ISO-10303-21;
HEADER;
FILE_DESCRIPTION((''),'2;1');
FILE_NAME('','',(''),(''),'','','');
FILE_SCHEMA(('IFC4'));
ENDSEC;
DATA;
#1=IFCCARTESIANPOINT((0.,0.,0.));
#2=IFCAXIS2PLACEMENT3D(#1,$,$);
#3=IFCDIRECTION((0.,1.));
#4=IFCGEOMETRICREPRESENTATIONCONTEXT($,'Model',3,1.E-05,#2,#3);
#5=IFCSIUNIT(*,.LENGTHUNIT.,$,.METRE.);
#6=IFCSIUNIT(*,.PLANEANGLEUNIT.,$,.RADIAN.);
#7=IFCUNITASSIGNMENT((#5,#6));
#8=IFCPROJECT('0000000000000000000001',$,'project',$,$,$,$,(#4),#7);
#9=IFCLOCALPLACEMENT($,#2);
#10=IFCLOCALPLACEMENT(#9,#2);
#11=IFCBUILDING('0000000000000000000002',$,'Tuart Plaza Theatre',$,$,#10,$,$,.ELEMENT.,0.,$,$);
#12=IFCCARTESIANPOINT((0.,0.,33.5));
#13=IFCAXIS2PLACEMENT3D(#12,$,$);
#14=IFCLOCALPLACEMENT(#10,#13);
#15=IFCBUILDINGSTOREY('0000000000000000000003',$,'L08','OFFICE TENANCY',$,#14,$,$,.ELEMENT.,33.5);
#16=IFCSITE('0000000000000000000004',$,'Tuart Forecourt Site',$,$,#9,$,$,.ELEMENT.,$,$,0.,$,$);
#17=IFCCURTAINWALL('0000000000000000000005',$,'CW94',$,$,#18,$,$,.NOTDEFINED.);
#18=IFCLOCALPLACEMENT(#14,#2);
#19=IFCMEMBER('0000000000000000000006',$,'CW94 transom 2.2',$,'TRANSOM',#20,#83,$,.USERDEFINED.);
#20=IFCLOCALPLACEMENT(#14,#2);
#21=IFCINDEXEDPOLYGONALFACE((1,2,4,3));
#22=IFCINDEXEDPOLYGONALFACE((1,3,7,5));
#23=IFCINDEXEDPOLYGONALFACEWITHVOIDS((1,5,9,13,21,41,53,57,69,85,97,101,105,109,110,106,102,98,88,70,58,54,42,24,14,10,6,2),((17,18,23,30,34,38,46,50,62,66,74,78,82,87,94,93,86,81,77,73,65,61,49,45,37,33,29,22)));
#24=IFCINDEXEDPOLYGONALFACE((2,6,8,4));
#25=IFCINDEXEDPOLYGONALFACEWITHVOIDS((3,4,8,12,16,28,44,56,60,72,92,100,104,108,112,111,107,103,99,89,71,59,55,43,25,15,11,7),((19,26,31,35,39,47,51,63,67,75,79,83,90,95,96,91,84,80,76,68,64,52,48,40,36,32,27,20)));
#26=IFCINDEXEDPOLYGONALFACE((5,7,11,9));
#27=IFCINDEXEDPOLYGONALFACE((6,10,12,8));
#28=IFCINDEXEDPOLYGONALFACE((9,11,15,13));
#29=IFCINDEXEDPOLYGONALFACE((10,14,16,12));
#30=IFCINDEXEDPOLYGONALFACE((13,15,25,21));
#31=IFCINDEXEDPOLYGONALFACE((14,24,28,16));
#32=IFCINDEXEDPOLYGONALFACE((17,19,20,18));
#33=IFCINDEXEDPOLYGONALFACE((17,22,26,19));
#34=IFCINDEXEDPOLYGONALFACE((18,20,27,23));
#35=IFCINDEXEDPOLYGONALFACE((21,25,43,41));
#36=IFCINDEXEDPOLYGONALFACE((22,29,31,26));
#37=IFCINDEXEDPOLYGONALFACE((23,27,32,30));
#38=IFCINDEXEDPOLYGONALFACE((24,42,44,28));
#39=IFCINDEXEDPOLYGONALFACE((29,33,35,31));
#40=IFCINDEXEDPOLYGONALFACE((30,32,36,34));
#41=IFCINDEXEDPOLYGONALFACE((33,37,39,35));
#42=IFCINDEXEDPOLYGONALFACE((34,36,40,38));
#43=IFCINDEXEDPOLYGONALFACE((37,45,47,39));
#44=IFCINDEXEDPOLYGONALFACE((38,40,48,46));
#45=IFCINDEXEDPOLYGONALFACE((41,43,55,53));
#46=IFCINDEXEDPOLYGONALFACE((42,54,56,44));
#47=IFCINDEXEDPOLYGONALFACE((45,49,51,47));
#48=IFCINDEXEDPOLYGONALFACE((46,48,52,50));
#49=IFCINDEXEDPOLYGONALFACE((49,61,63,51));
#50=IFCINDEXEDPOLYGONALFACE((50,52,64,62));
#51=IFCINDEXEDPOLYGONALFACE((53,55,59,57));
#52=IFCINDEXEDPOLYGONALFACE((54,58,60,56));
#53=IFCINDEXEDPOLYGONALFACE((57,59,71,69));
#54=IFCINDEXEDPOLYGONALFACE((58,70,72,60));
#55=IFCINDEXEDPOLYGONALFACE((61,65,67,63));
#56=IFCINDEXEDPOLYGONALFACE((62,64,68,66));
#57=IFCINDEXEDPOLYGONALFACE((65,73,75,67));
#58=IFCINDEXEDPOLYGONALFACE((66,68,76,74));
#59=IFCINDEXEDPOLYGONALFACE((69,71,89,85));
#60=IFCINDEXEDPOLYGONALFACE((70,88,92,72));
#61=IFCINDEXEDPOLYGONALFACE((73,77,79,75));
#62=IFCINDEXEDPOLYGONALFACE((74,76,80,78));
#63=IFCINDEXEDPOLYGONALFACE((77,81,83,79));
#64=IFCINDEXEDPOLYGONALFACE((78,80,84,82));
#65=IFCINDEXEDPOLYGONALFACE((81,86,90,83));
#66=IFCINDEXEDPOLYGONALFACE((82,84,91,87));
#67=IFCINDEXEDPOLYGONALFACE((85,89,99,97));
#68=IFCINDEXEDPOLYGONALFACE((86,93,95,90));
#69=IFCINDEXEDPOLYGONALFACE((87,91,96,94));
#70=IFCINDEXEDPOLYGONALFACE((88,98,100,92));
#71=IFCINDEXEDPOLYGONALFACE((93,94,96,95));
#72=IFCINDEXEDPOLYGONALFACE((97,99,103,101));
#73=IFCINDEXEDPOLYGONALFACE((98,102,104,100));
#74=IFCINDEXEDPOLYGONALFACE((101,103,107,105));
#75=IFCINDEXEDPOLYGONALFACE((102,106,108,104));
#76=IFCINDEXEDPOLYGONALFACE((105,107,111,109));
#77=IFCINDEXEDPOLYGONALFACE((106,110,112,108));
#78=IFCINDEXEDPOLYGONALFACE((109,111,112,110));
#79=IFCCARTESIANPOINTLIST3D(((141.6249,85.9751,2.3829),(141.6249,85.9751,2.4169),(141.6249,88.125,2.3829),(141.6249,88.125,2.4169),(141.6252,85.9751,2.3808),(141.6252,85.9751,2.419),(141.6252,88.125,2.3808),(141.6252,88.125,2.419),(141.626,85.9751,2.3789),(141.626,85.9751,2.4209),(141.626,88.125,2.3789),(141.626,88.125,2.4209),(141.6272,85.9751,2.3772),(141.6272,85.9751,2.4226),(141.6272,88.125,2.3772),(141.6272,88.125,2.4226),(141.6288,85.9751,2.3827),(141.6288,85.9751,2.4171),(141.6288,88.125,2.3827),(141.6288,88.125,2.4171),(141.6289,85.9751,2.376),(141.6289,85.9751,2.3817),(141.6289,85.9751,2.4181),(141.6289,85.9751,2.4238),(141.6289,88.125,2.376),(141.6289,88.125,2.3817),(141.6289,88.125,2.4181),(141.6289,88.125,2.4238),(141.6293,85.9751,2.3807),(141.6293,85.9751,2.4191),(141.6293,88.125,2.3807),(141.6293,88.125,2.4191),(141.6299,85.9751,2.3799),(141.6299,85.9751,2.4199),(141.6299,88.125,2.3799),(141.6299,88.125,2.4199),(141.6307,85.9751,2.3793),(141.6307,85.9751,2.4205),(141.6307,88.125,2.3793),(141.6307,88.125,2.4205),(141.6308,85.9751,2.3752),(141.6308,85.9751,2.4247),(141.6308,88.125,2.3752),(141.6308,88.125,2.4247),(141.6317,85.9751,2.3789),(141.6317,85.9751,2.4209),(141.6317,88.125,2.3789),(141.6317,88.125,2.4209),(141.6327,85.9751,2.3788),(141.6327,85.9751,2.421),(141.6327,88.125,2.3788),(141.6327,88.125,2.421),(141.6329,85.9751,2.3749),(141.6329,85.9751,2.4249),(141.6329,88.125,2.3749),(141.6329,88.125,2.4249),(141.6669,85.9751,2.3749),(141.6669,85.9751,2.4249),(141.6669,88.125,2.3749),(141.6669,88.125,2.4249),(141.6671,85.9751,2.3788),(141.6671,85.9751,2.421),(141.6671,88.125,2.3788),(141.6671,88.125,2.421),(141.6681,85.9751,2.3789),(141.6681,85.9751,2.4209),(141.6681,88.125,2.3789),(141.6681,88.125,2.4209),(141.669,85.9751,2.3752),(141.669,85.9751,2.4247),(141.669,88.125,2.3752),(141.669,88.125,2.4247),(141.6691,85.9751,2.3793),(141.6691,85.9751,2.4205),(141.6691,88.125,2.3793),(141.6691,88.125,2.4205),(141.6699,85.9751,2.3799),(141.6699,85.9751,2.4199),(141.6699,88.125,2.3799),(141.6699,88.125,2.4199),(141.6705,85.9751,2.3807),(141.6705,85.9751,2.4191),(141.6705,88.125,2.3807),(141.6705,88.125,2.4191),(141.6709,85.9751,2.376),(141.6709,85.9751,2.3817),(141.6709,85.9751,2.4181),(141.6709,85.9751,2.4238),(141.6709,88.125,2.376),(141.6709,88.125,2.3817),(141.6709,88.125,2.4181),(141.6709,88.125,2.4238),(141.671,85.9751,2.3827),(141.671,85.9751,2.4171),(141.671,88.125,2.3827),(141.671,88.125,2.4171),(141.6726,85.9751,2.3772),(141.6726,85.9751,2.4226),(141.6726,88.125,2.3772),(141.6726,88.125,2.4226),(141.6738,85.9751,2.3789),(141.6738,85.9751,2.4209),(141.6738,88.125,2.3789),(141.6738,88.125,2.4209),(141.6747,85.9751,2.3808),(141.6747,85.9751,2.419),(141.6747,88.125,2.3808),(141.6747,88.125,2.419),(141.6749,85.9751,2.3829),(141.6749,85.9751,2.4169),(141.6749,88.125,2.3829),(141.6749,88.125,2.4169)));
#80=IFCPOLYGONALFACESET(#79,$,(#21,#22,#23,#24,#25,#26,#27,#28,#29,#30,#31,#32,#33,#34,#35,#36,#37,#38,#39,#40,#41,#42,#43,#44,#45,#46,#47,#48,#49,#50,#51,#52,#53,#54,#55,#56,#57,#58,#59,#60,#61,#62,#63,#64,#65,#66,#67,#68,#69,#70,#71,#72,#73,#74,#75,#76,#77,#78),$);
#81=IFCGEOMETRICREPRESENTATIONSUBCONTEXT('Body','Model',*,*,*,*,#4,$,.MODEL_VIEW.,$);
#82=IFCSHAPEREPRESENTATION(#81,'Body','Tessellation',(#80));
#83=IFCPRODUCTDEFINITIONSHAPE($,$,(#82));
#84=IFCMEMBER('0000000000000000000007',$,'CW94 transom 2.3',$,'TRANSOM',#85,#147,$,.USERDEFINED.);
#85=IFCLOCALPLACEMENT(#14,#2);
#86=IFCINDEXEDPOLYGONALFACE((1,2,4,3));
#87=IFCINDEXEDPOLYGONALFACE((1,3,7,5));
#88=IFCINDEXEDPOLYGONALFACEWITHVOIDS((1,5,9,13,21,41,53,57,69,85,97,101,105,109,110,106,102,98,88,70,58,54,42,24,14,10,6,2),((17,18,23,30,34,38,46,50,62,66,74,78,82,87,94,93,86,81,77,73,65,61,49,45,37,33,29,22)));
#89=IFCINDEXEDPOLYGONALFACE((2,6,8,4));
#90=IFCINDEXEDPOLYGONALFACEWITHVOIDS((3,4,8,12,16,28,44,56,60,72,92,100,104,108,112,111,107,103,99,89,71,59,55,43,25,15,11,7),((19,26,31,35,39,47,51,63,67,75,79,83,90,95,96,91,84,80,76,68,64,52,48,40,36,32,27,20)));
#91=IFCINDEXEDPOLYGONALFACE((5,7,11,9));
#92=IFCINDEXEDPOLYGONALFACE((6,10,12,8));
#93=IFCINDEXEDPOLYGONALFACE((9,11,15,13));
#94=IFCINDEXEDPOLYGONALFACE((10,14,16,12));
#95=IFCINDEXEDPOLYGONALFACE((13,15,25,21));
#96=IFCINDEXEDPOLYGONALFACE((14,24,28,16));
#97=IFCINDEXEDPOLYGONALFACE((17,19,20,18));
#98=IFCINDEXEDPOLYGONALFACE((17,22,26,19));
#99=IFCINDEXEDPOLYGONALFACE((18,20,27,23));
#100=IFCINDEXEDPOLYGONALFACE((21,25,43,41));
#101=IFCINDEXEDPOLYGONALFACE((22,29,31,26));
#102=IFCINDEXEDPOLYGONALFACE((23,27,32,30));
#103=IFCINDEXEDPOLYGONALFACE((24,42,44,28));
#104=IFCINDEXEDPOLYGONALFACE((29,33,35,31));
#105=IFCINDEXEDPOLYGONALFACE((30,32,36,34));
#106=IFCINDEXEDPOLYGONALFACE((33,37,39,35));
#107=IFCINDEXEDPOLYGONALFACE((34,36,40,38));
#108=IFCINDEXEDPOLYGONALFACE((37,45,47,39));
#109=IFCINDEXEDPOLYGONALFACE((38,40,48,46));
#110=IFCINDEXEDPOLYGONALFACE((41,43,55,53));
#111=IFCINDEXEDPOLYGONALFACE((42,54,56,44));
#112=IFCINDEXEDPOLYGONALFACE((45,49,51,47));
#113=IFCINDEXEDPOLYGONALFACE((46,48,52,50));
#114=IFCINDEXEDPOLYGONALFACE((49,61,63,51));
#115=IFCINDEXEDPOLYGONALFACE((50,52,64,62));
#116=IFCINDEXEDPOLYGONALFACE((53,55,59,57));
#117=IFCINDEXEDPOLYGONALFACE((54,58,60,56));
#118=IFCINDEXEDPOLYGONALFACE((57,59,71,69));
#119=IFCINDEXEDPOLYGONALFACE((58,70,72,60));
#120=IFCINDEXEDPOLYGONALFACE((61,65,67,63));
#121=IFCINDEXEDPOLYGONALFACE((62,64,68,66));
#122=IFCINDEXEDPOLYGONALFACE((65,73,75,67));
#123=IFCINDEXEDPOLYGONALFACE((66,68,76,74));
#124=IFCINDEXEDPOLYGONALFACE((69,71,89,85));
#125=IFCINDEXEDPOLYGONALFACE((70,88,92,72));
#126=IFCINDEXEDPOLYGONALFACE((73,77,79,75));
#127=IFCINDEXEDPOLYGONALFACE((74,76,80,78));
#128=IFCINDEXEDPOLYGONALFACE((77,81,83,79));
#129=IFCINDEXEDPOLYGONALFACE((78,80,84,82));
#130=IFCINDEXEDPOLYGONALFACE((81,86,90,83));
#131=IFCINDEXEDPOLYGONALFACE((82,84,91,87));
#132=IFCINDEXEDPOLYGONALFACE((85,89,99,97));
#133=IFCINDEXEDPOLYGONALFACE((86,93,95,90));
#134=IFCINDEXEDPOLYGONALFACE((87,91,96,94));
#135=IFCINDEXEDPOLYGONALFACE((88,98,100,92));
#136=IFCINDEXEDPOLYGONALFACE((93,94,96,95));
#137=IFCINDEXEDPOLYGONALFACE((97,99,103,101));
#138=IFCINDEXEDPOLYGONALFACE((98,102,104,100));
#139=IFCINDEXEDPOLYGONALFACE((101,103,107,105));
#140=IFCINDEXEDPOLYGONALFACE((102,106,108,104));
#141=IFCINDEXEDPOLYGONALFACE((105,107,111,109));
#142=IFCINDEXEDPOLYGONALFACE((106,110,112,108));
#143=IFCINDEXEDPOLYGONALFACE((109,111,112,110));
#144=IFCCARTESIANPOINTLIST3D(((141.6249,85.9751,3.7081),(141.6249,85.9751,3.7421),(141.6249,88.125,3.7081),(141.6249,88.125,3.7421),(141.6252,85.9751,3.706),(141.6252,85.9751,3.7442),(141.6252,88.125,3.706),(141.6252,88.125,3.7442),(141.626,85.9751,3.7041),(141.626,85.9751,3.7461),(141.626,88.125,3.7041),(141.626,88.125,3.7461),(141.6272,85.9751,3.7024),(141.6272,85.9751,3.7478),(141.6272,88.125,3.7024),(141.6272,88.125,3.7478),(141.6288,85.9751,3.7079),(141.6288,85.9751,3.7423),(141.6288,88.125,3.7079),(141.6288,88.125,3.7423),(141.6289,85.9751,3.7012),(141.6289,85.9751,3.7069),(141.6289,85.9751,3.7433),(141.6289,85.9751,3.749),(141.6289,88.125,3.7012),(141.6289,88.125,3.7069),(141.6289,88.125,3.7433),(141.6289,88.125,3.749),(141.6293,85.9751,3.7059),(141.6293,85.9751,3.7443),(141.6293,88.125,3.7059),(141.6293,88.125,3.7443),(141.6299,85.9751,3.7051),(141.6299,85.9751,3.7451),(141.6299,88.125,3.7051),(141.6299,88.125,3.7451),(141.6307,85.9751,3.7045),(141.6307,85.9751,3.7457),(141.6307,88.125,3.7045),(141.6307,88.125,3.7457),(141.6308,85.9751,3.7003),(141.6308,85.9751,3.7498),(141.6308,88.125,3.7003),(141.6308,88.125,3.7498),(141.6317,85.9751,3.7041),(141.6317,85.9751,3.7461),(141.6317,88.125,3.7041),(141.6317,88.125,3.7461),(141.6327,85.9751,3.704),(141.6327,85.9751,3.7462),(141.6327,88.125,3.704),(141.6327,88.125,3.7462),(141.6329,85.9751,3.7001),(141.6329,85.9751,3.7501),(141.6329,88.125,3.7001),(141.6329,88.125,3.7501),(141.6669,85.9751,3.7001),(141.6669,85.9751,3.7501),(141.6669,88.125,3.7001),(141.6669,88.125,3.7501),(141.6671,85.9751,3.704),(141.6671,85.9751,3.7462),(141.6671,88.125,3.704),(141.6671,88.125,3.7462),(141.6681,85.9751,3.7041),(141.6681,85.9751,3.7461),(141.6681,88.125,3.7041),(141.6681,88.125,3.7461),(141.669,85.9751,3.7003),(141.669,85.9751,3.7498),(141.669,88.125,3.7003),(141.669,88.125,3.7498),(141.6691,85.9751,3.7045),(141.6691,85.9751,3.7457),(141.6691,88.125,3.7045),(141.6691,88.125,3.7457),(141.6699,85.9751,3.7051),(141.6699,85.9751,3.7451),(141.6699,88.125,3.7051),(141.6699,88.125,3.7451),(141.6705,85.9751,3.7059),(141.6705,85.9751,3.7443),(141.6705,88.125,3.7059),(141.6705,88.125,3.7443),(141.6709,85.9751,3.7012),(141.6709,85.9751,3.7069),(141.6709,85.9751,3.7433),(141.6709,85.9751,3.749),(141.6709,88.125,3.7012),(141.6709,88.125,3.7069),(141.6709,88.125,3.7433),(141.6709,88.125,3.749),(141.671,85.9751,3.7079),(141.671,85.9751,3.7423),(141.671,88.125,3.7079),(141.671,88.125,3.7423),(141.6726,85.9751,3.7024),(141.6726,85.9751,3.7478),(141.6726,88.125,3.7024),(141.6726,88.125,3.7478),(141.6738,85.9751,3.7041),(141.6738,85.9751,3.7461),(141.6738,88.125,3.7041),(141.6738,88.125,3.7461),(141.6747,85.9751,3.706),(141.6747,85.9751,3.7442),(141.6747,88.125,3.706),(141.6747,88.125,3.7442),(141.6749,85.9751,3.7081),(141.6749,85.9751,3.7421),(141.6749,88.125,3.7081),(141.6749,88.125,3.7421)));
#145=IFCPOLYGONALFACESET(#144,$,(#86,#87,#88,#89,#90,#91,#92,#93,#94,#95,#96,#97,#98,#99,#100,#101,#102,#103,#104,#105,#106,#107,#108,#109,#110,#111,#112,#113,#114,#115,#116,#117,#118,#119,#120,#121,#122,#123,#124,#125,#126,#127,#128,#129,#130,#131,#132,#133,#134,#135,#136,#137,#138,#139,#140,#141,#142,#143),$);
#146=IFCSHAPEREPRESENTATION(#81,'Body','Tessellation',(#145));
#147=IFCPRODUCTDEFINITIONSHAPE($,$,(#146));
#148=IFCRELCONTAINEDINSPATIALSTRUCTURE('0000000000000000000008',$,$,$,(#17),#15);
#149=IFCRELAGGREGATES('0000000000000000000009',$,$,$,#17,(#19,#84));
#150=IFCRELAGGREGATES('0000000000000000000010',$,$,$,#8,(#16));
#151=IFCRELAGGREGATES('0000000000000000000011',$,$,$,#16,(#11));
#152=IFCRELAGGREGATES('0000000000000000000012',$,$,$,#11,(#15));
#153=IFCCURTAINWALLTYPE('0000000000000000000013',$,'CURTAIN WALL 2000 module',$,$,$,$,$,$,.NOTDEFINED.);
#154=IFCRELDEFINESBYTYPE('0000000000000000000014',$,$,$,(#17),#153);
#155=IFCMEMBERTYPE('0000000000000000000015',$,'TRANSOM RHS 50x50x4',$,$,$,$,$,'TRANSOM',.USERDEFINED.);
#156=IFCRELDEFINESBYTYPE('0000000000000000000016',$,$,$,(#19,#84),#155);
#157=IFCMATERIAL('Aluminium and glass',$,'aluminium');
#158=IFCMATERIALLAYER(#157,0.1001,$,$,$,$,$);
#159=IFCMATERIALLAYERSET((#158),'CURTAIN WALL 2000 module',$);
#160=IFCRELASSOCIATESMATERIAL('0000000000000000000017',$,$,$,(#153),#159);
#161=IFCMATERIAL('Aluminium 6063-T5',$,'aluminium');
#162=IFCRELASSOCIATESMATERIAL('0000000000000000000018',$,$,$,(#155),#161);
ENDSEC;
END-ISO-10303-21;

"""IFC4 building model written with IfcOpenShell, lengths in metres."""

from ifc_helpers import new_model, si_unit, direction, frame, origin, origin_2d, place, context, subcontext, project, spatial, hollow_rectangle, extrude, material, layer, layer_set, material_profile, profile_set, type_object, element, aggregate, save


model = new_model("IFC4")

# Units and contexts
model_context = context("Model", 3, precision=1e-05, world=origin(), true_north=direction((0.0, 1.0)))
body_context = subcontext(model_context, "Body", "Model", "MODEL_VIEW")
ifc_project = project(units=[si_unit("LENGTHUNIT", "METRE"), si_unit("PLANEANGLEUNIT", "RADIAN")], contexts=[model_context])

# Site, building, storey
site_placement = place(None, origin())
site = spatial("IfcSite", under=ifc_project, at=site_placement, Name="Tuart Forecourt Site", CompositionType="ELEMENT", RefElevation=0.0)
building_placement = place(site_placement, origin())
building = spatial("IfcBuilding", under=site, at=building_placement, Name="Tuart Plaza Theatre", CompositionType="ELEMENT", ElevationOfRefHeight=0.0)
storey_placement = place(building_placement, frame((0.0, 0.0, 33.5)))
storey = spatial("IfcBuildingStorey", under=building, at=storey_placement, Name="L08", Description="OFFICE TENANCY", CompositionType="ELEMENT", Elevation=33.5)

# Curtain wall, members
ifc_material_1 = material(Name="Aluminium and glass", Category="aluminium")
ifc_layer_1 = layer(ifc_material_1, 0.1001)
ifc_layer_set_1 = layer_set([ifc_layer_1], Name="CURTAIN WALL 2000 module")
curtain_wall_type = type_object("IfcCurtainWallType", Name="CURTAIN WALL 2000 module", PredefinedType="NOTDEFINED", material=ifc_layer_set_1)
curtain_wall_placement = place(storey_placement, origin())
curtain_wall = element("IfcCurtainWall", 1, at=curtain_wall_placement, inside=storey, type_object=curtain_wall_type, Name="CW94", PredefinedType="NOTDEFINED")
ifc_material_2 = material(Name="Aluminium 6063-T5", Category="aluminium")
ifc_material_profile_1 = material_profile(ifc_material_2, hollow_rectangle(XDim=0.05, YDim=0.05, WallThickness=0.0039, InnerFilletRadius=0.0039, OuterFilletRadius=0.0081, at=origin_2d()), Name="RHS 50x50x4")
ifc_profile_set_1 = profile_set([ifc_material_profile_1], Name="Aluminium 6063-T5")
member_type_1 = type_object("IfcMemberType", Name="TRANSOM RHS 50x50x4", ElementType="TRANSOM", PredefinedType="USERDEFINED", material=ifc_profile_set_1)
member_1_placement = place(storey_placement, frame((141.6499, 85.9751, 2.3999), z_axis=(0.0, 1.0, 0.0), x_axis=(-1.0, 0.0, 0.0)))
member_1 = element("IfcMember", 2, at=member_1_placement, type_object=member_type_1, Name="CW94 transom 2.2", ObjectType="TRANSOM", PredefinedType="USERDEFINED", context=body_context, shape_type="SweptSolid", body=[
    extrude(hollow_rectangle(XDim=0.05, YDim=0.05, WallThickness=0.0039, InnerFilletRadius=0.0039, OuterFilletRadius=0.0081, at=origin_2d()), origin(), (0.0, 0.0, 1.0), 2.1499),
])
member_2_placement = place(storey_placement, frame((141.6499, 85.9751, 3.7251), z_axis=(0.0, 1.0, 0.0), x_axis=(-1.0, 0.0, 0.0)))
member_2 = element("IfcMember", 3, at=member_2_placement, type_object=member_type_1, Name="CW94 transom 2.3", ObjectType="TRANSOM", PredefinedType="USERDEFINED", context=body_context, shape_type="SweptSolid", body=[
    extrude(hollow_rectangle(XDim=0.05, YDim=0.05, WallThickness=0.0039, InnerFilletRadius=0.0039, OuterFilletRadius=0.0081, at=origin_2d()), origin(), (0.0, 0.0, 1.0), 2.1499),
])
aggregate(curtain_wall, [member_1, member_2])

save(model, "model.ifc")
